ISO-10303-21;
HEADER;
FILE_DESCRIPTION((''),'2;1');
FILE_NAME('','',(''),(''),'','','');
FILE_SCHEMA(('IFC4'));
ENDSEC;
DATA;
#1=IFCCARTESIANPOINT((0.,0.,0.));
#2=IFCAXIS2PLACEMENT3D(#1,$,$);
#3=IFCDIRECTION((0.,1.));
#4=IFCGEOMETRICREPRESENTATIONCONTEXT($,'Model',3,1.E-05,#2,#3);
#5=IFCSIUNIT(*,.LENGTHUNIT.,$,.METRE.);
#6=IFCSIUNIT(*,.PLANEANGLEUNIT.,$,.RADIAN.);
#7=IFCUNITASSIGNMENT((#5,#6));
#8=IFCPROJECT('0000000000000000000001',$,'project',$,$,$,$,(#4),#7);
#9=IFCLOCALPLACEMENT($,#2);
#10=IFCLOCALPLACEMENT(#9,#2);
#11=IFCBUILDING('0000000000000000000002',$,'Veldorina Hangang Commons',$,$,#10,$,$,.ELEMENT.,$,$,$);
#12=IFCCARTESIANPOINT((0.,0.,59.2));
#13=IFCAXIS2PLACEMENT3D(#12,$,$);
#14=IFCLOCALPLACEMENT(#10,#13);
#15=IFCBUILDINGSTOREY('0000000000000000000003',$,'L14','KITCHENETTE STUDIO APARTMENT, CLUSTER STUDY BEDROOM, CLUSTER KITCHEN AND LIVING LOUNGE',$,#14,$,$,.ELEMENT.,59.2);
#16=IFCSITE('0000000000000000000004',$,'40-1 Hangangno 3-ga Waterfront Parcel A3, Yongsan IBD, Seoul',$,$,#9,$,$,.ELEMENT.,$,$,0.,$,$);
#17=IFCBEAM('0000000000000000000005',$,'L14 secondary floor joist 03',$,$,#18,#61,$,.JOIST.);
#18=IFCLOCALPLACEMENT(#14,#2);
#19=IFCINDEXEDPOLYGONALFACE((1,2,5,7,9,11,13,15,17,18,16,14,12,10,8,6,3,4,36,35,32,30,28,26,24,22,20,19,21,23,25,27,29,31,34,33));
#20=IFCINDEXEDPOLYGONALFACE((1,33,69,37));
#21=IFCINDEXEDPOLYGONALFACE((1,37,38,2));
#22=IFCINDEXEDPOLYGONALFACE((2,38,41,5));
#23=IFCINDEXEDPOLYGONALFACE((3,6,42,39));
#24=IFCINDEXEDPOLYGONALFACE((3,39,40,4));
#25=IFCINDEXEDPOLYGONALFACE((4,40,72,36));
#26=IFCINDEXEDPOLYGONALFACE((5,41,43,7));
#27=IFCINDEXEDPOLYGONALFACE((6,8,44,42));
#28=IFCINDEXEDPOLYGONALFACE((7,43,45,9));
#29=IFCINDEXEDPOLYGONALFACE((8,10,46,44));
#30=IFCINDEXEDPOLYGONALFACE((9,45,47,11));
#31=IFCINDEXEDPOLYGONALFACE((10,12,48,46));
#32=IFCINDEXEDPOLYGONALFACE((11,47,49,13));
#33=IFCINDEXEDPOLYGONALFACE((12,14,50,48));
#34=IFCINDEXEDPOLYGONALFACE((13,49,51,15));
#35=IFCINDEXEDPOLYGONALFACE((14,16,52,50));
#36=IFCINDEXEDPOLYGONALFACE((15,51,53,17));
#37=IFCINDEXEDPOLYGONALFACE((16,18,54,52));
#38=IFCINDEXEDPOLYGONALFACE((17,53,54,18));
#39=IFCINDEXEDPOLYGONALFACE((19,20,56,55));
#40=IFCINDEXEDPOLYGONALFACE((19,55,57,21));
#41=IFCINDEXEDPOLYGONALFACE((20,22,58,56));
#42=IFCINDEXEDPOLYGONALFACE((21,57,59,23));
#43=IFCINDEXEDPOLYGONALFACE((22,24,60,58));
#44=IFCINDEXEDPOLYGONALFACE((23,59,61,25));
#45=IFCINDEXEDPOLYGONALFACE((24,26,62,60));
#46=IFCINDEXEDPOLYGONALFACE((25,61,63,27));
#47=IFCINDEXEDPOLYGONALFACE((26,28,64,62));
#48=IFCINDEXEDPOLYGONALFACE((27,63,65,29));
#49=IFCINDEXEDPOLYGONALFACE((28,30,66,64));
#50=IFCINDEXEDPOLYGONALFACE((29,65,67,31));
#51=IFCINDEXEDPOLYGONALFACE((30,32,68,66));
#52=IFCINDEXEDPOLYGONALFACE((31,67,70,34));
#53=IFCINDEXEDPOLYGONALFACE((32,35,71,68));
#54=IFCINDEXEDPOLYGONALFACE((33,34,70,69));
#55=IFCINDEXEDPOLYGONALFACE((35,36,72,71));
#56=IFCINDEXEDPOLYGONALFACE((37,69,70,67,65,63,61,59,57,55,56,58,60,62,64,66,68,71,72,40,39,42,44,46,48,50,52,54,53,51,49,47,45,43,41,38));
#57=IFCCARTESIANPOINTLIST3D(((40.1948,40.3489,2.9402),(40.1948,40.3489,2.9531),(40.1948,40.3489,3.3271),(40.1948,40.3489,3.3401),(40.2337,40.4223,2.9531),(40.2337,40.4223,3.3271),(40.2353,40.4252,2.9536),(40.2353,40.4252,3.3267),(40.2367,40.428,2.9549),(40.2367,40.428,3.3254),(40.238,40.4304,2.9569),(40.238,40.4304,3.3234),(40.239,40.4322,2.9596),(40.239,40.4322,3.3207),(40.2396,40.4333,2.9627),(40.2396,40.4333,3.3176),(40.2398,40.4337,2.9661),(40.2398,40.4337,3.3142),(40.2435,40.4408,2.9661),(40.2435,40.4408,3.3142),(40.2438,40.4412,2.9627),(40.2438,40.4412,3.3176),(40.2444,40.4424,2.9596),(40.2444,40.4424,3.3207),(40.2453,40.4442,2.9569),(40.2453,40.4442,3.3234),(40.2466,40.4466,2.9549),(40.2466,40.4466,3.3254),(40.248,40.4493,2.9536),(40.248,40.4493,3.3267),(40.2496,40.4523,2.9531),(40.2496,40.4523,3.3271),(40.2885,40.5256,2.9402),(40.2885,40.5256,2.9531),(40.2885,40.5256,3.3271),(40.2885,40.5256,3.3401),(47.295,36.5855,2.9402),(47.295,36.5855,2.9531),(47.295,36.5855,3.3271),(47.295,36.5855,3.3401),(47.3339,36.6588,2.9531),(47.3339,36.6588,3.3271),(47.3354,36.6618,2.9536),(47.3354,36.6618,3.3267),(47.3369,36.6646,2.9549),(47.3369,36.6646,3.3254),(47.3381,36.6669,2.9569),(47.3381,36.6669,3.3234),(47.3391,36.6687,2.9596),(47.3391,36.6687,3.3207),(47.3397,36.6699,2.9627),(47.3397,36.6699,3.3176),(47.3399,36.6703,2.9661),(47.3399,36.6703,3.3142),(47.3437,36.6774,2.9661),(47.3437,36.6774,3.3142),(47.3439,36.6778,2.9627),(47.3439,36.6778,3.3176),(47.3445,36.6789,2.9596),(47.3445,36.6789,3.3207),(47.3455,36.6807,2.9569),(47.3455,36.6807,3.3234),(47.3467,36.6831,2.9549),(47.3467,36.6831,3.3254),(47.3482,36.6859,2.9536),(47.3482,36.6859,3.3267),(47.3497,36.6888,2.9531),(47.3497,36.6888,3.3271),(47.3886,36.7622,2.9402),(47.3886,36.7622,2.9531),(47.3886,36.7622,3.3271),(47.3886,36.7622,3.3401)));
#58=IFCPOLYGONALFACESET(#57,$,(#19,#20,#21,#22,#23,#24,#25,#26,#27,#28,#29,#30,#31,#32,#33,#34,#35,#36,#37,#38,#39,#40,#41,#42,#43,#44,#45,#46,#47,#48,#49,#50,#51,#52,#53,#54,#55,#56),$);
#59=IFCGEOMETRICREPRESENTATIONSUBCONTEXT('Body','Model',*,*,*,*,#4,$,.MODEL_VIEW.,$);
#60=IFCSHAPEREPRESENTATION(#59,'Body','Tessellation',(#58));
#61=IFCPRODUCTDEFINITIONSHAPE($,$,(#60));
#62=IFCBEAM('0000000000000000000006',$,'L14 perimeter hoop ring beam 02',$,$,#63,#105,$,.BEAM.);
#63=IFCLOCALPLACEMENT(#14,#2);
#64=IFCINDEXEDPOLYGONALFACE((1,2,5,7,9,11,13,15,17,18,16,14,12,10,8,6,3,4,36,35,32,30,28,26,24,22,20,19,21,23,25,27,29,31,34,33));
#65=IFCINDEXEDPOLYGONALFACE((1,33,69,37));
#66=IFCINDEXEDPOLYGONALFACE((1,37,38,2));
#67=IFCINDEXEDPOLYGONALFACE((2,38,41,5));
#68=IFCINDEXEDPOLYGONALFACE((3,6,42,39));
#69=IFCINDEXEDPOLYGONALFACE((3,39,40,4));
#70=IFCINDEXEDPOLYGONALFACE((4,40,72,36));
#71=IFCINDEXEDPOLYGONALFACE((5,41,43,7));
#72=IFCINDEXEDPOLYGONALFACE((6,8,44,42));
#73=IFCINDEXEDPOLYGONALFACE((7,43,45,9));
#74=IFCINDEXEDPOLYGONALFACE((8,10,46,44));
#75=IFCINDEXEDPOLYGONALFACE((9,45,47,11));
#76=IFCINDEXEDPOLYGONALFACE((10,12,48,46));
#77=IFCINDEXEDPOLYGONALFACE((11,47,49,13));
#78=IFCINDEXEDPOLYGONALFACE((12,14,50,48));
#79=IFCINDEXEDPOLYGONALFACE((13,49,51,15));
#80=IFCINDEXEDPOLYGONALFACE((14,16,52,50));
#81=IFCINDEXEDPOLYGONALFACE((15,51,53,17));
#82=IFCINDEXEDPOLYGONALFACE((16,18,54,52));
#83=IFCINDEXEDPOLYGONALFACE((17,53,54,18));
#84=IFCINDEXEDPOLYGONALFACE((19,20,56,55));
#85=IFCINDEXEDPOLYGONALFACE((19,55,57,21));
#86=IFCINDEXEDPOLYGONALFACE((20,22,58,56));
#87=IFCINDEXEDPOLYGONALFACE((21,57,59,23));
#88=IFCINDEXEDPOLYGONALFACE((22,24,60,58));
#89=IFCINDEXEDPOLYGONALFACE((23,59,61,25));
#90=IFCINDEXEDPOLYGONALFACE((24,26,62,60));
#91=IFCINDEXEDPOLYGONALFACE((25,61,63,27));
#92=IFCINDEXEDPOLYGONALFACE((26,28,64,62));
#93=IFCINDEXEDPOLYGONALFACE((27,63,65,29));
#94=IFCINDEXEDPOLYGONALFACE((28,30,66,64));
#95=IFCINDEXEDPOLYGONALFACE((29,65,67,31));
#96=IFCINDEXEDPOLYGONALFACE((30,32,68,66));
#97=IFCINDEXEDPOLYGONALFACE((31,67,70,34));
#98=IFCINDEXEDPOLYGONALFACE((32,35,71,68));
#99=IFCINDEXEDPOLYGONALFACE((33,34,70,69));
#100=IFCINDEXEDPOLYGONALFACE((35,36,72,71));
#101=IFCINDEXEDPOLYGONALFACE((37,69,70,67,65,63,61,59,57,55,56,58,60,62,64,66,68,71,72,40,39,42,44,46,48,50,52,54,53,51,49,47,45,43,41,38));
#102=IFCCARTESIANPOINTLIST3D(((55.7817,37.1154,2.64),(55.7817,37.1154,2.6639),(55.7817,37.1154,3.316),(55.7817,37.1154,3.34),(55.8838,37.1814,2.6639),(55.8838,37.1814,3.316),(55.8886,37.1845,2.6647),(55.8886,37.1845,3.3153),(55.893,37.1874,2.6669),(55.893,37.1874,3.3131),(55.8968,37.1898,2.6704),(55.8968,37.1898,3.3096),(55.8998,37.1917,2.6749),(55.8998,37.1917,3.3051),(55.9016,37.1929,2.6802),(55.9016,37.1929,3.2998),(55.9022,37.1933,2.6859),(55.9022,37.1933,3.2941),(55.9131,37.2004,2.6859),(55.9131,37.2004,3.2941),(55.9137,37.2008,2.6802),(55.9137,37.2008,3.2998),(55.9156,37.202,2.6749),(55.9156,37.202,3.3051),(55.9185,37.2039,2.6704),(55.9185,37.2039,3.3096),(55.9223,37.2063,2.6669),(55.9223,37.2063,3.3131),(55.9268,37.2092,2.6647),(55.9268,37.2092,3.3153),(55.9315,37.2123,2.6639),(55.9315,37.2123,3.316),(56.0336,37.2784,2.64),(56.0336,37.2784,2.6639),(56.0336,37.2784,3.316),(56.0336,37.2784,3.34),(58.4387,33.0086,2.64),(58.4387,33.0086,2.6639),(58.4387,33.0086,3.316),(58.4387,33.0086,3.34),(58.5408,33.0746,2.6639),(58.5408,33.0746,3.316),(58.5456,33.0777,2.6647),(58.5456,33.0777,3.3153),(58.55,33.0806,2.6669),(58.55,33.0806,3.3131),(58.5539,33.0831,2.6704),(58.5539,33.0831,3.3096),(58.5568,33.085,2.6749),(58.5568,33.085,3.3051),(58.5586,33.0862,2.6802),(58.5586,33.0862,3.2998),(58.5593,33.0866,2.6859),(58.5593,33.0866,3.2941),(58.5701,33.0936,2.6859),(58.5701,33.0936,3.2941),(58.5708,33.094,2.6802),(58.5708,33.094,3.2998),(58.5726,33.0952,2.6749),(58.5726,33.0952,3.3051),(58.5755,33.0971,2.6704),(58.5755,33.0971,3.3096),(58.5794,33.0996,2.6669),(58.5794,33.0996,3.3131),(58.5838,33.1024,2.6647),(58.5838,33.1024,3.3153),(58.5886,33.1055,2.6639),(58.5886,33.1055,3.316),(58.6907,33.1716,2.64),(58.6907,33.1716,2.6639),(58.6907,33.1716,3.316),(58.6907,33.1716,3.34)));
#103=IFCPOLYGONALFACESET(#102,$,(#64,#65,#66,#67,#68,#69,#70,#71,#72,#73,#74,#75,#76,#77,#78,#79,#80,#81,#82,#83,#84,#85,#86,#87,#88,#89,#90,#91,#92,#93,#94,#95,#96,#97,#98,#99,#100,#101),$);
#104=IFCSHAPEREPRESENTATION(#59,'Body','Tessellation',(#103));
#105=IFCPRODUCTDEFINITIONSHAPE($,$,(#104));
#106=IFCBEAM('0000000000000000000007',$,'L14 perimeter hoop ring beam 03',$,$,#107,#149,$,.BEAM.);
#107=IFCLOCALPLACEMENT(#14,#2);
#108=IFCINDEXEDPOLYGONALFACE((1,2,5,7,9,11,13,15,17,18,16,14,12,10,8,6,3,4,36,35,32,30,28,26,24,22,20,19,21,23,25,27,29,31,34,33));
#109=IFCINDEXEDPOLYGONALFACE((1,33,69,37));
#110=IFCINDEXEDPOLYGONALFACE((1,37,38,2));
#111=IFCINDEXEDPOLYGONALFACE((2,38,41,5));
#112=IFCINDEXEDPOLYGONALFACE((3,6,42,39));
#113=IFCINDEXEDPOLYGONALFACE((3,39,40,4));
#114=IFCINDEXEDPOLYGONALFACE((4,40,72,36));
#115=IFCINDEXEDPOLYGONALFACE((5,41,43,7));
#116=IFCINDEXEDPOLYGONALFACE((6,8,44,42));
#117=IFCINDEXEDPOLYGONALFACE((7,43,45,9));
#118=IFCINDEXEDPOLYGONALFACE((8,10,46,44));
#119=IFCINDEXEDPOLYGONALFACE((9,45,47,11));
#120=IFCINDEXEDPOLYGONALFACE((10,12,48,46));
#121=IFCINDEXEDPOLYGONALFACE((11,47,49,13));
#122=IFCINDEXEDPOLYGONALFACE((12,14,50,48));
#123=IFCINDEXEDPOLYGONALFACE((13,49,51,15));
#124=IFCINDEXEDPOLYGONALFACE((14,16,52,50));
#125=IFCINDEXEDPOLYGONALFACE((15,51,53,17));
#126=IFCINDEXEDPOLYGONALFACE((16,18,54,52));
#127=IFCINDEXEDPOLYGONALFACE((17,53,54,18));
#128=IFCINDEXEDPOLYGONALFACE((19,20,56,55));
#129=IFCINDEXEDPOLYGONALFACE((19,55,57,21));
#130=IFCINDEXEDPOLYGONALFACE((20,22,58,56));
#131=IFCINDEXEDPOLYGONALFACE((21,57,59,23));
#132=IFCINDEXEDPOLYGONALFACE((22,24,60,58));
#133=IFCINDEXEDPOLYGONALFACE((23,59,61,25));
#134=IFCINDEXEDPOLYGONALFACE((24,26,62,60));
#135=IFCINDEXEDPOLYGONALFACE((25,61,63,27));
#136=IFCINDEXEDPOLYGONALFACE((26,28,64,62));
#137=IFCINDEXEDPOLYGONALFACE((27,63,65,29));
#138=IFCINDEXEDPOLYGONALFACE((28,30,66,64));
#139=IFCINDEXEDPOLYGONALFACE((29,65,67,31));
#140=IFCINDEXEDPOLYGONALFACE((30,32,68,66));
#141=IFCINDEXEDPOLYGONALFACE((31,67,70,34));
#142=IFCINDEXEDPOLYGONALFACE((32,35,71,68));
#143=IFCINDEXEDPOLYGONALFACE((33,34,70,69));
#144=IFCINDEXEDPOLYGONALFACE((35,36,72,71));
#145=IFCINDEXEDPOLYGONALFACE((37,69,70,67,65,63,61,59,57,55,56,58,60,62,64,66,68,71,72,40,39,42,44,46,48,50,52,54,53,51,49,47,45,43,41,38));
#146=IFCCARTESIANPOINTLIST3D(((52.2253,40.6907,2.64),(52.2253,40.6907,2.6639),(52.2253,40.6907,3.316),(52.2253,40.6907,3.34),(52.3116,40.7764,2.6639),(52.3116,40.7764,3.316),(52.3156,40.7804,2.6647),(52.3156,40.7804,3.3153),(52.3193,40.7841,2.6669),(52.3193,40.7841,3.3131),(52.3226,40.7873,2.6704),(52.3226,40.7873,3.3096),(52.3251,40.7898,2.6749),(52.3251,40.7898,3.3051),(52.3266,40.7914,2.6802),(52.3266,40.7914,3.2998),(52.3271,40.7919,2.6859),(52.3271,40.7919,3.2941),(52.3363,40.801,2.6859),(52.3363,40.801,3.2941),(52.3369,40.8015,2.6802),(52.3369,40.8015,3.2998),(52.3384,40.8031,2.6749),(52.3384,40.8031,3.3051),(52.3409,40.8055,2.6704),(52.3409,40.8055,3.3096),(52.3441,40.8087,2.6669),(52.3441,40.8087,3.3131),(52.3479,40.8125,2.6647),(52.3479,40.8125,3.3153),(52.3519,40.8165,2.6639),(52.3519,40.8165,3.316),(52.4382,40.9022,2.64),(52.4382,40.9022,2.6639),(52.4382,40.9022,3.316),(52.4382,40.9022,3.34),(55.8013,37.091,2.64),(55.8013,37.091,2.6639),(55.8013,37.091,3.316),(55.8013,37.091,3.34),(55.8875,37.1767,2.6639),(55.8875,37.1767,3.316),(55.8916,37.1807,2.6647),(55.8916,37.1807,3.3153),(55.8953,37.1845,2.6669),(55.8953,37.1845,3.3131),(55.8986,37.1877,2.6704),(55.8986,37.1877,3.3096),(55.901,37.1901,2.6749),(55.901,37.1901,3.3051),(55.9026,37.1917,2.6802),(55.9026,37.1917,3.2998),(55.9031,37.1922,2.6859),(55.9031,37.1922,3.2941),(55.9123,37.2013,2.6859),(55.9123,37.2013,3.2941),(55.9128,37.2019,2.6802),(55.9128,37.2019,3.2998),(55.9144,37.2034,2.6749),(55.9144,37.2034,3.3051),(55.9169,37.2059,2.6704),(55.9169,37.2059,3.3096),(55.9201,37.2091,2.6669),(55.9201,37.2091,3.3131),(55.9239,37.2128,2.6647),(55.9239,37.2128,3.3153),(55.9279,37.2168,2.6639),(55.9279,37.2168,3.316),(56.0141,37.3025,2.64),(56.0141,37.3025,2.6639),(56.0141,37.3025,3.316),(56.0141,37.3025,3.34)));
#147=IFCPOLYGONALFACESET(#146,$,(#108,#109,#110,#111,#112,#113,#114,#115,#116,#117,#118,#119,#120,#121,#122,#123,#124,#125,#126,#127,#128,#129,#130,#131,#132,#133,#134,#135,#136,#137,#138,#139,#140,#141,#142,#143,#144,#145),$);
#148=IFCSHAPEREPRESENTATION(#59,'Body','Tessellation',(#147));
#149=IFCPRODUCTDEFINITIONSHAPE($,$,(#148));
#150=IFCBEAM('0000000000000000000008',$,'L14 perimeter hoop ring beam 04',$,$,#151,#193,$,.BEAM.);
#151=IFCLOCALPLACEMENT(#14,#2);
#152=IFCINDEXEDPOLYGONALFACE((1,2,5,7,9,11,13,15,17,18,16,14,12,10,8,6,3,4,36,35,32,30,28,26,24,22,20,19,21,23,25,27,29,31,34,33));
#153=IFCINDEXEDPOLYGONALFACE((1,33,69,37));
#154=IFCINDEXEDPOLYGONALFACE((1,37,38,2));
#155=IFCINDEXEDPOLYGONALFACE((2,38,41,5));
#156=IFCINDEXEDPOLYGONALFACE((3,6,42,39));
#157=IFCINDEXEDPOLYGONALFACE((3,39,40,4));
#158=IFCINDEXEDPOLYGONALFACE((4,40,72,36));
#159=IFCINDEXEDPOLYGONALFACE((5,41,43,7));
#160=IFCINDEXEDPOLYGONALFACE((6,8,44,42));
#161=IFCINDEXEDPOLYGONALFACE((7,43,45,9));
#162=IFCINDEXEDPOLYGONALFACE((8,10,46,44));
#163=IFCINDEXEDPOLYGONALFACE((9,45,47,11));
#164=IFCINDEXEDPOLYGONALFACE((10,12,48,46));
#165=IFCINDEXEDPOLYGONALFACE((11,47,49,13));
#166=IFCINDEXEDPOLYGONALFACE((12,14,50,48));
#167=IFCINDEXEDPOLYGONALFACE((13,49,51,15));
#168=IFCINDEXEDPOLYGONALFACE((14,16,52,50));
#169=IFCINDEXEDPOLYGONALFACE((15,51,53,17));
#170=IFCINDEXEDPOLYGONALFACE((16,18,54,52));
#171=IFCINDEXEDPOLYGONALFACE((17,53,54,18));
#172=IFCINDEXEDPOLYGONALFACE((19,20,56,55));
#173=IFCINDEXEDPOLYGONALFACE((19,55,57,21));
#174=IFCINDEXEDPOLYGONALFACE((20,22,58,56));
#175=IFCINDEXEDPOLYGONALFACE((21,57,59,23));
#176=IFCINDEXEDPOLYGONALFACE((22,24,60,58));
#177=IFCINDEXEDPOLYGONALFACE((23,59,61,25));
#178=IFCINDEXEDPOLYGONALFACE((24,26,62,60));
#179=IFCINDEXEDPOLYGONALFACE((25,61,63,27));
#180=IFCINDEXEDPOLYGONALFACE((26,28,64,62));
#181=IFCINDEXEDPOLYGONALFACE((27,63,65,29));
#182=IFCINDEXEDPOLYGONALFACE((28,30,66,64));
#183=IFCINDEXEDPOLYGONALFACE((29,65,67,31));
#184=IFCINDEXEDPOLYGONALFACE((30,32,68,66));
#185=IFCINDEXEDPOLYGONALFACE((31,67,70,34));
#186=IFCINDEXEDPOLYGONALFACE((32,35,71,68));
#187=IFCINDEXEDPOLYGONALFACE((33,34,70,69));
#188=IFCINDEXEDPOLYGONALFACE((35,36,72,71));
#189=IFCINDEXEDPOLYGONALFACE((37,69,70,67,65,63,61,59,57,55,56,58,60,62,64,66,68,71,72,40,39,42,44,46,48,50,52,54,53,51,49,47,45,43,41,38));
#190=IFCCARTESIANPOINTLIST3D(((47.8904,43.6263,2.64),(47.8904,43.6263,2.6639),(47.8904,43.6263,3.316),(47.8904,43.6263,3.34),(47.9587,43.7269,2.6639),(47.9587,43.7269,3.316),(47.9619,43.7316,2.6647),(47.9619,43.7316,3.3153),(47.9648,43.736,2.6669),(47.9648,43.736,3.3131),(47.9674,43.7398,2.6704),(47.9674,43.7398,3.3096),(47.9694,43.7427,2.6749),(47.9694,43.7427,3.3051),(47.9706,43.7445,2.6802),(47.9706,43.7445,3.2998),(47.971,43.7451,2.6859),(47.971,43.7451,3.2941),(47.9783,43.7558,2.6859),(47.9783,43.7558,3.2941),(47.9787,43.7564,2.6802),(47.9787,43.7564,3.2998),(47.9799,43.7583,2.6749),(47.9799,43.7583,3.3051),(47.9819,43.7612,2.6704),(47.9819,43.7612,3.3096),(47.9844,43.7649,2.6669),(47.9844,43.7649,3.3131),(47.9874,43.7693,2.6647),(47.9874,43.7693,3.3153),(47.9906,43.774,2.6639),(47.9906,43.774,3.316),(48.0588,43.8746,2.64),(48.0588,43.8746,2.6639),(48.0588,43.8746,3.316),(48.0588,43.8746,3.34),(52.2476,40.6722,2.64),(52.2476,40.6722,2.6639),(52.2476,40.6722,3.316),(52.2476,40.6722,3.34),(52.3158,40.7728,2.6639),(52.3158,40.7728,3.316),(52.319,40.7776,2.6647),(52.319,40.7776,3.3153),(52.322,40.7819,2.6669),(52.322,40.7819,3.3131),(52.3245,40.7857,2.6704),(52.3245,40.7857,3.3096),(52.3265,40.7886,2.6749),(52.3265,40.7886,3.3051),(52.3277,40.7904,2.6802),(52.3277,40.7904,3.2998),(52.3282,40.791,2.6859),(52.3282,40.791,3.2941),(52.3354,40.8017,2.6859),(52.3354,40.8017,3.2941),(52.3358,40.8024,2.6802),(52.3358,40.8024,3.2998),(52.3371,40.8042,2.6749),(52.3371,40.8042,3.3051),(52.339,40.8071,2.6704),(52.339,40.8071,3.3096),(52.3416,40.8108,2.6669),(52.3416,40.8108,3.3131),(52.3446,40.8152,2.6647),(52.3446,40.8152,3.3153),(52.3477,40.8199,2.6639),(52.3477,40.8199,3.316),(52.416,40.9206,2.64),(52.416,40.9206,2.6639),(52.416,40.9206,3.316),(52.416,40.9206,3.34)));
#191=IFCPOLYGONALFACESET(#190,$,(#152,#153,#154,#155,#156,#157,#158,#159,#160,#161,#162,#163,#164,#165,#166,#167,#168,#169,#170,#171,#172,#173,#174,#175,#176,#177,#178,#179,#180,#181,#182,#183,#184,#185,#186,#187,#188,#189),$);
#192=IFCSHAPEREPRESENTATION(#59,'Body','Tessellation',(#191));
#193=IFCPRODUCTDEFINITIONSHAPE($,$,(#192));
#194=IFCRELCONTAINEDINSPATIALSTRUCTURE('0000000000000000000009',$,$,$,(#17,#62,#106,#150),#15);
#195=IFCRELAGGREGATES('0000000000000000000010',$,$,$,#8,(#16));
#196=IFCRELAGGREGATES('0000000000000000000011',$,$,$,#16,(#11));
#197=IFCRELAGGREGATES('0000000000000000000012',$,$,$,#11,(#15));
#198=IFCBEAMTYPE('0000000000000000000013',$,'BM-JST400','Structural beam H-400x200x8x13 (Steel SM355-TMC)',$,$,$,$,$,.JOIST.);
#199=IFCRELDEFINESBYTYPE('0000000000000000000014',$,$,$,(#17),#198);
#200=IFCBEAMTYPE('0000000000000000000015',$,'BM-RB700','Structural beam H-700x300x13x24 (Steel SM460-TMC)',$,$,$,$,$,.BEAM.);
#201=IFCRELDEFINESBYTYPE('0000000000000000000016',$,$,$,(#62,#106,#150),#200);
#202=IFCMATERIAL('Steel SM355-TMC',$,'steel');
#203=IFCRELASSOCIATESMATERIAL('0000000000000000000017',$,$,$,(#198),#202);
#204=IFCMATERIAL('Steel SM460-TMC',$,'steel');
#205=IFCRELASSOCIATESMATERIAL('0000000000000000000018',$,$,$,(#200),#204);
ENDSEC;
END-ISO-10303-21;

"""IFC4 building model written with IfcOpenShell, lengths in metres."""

from ifc_helpers import new_model, si_unit, direction, frame, origin, origin_2d, place, context, subcontext, project, spatial, i_section, extrude, material, material_profile, profile_set, type_object, element, save


model = new_model("IFC4")

# Units and contexts
model_context = context("Model", 3, precision=1e-05, world=origin(), true_north=direction((0.0, 1.0)))
body_context = subcontext(model_context, "Body", "Model", "MODEL_VIEW")
ifc_project = project(units=[si_unit("LENGTHUNIT", "METRE"), si_unit("PLANEANGLEUNIT", "RADIAN")], contexts=[model_context])

# Site, building, storey
site_placement = place(None, origin())
site = spatial("IfcSite", under=ifc_project, at=site_placement, Name="40-1 Hangangno 3-ga Waterfront Parcel A3, Yongsan IBD, Seoul", CompositionType="ELEMENT", RefElevation=0.0)
building_placement = place(site_placement, origin())
building = spatial("IfcBuilding", under=site, at=building_placement, Name="Veldorina Hangang Commons", CompositionType="ELEMENT")
storey_placement = place(building_placement, frame((0.0, 0.0, 59.2)))
storey = spatial("IfcBuildingStorey", under=building, at=storey_placement, Name="L14", Description="KITCHENETTE STUDIO APARTMENT, CLUSTER STUDY BEDROOM, CLUSTER KITCHEN AND LIVING LOUNGE", CompositionType="ELEMENT", Elevation=59.2)

# Beams
ifc_material_1 = material(Name="Steel SM355-TMC", Category="steel")
ifc_material_profile_1 = material_profile(ifc_material_1, i_section(OverallWidth=0.2, OverallDepth=0.3999, WebThickness=0.0081, FlangeThickness=0.0129, FilletRadius=0.0129, at=origin_2d()), Name="H-400x200x8x13")
ifc_profile_set_1 = profile_set([ifc_material_profile_1], Name="Steel SM355-TMC")
beam_type_1 = type_object("IfcBeamType", Name="BM-JST400", Description="Structural beam H-400x200x8x13 (Steel SM355-TMC)", PredefinedType="JOIST", material=ifc_profile_set_1)
beam_1_placement = place(storey_placement, frame((47.3418, 36.6738, 3.1401), z_axis=(-0.883554, 0.46833, 0.0), x_axis=(-0.46833, -0.883554, 0.0)))
element("IfcBeam", 1, at=beam_1_placement, inside=storey, type_object=beam_type_1, Name="L14 secondary floor joist 03", PredefinedType="JOIST", context=body_context, shape_type="SweptSolid", body=[
    extrude(i_section(OverallWidth=0.2, OverallDepth=0.3999, WebThickness=0.0081, FlangeThickness=0.0129, FilletRadius=0.0129, at=origin_2d()), origin(), (0.0, 0.0, 1.0), 8.0359),
])
ifc_material_2 = material(Name="Steel SM460-TMC", Category="steel")
ifc_material_profile_2 = material_profile(ifc_material_2, i_section(OverallWidth=0.3, OverallDepth=0.7, WebThickness=0.0129, FlangeThickness=0.0239, FilletRadius=0.022, at=origin_2d()), Name="H-700x300x13x24")
ifc_profile_set_2 = profile_set([ifc_material_profile_2], Name="Steel SM460-TMC")
beam_type_2 = type_object("IfcBeamType", Name="BM-RB700", Description="Structural beam H-700x300x13x24 (Steel SM460-TMC)", PredefinedType="BEAM", material=ifc_profile_set_2)
beam_2_placement = place(storey_placement, frame((58.5647, 33.0901, 2.99), z_axis=(-0.54321, 0.839597, 0.0), x_axis=(-0.839597, -0.54321, 0.0)))
element("IfcBeam", 2, at=beam_2_placement, inside=storey, type_object=beam_type_2, Name="L14 perimeter hoop ring beam 02", PredefinedType="BEAM", context=body_context, shape_type="SweptSolid", body=[
    extrude(i_section(OverallWidth=0.3, OverallDepth=0.7, WebThickness=0.0129, FlangeThickness=0.0239, FilletRadius=0.022, at=origin_2d()), origin(), (0.0, 0.0, 1.0), 4.8914),
])
beam_3_placement = place(storey_placement, frame((55.9077, 37.1968, 2.99), z_axis=(-0.704769, 0.709437, 0.0), x_axis=(-0.709437, -0.704769, 0.0)))
element("IfcBeam", 3, at=beam_3_placement, inside=storey, type_object=beam_type_2, Name="L14 perimeter hoop ring beam 03", PredefinedType="BEAM", context=body_context, shape_type="SweptSolid", body=[
    extrude(i_section(OverallWidth=0.3, OverallDepth=0.7, WebThickness=0.0129, FlangeThickness=0.0239, FilletRadius=0.022, at=origin_2d()), origin(), (0.0, 0.0, 1.0), 5.074),
])
beam_4_placement = place(storey_placement, frame((52.3318, 40.7964, 2.99), z_axis=(-0.827701, 0.561169, 0.0), x_axis=(-0.561169, -0.827701, 0.0)))
element("IfcBeam", 4, at=beam_4_placement, inside=storey, type_object=beam_type_2, Name="L14 perimeter hoop ring beam 04", PredefinedType="BEAM", context=body_context, shape_type="SweptSolid", body=[
    extrude(i_section(OverallWidth=0.3, OverallDepth=0.7, WebThickness=0.0129, FlangeThickness=0.0239, FilletRadius=0.022, at=origin_2d()), origin(), (0.0, 0.0, 1.0), 5.2642),
])

save(model, "model.ifc")
